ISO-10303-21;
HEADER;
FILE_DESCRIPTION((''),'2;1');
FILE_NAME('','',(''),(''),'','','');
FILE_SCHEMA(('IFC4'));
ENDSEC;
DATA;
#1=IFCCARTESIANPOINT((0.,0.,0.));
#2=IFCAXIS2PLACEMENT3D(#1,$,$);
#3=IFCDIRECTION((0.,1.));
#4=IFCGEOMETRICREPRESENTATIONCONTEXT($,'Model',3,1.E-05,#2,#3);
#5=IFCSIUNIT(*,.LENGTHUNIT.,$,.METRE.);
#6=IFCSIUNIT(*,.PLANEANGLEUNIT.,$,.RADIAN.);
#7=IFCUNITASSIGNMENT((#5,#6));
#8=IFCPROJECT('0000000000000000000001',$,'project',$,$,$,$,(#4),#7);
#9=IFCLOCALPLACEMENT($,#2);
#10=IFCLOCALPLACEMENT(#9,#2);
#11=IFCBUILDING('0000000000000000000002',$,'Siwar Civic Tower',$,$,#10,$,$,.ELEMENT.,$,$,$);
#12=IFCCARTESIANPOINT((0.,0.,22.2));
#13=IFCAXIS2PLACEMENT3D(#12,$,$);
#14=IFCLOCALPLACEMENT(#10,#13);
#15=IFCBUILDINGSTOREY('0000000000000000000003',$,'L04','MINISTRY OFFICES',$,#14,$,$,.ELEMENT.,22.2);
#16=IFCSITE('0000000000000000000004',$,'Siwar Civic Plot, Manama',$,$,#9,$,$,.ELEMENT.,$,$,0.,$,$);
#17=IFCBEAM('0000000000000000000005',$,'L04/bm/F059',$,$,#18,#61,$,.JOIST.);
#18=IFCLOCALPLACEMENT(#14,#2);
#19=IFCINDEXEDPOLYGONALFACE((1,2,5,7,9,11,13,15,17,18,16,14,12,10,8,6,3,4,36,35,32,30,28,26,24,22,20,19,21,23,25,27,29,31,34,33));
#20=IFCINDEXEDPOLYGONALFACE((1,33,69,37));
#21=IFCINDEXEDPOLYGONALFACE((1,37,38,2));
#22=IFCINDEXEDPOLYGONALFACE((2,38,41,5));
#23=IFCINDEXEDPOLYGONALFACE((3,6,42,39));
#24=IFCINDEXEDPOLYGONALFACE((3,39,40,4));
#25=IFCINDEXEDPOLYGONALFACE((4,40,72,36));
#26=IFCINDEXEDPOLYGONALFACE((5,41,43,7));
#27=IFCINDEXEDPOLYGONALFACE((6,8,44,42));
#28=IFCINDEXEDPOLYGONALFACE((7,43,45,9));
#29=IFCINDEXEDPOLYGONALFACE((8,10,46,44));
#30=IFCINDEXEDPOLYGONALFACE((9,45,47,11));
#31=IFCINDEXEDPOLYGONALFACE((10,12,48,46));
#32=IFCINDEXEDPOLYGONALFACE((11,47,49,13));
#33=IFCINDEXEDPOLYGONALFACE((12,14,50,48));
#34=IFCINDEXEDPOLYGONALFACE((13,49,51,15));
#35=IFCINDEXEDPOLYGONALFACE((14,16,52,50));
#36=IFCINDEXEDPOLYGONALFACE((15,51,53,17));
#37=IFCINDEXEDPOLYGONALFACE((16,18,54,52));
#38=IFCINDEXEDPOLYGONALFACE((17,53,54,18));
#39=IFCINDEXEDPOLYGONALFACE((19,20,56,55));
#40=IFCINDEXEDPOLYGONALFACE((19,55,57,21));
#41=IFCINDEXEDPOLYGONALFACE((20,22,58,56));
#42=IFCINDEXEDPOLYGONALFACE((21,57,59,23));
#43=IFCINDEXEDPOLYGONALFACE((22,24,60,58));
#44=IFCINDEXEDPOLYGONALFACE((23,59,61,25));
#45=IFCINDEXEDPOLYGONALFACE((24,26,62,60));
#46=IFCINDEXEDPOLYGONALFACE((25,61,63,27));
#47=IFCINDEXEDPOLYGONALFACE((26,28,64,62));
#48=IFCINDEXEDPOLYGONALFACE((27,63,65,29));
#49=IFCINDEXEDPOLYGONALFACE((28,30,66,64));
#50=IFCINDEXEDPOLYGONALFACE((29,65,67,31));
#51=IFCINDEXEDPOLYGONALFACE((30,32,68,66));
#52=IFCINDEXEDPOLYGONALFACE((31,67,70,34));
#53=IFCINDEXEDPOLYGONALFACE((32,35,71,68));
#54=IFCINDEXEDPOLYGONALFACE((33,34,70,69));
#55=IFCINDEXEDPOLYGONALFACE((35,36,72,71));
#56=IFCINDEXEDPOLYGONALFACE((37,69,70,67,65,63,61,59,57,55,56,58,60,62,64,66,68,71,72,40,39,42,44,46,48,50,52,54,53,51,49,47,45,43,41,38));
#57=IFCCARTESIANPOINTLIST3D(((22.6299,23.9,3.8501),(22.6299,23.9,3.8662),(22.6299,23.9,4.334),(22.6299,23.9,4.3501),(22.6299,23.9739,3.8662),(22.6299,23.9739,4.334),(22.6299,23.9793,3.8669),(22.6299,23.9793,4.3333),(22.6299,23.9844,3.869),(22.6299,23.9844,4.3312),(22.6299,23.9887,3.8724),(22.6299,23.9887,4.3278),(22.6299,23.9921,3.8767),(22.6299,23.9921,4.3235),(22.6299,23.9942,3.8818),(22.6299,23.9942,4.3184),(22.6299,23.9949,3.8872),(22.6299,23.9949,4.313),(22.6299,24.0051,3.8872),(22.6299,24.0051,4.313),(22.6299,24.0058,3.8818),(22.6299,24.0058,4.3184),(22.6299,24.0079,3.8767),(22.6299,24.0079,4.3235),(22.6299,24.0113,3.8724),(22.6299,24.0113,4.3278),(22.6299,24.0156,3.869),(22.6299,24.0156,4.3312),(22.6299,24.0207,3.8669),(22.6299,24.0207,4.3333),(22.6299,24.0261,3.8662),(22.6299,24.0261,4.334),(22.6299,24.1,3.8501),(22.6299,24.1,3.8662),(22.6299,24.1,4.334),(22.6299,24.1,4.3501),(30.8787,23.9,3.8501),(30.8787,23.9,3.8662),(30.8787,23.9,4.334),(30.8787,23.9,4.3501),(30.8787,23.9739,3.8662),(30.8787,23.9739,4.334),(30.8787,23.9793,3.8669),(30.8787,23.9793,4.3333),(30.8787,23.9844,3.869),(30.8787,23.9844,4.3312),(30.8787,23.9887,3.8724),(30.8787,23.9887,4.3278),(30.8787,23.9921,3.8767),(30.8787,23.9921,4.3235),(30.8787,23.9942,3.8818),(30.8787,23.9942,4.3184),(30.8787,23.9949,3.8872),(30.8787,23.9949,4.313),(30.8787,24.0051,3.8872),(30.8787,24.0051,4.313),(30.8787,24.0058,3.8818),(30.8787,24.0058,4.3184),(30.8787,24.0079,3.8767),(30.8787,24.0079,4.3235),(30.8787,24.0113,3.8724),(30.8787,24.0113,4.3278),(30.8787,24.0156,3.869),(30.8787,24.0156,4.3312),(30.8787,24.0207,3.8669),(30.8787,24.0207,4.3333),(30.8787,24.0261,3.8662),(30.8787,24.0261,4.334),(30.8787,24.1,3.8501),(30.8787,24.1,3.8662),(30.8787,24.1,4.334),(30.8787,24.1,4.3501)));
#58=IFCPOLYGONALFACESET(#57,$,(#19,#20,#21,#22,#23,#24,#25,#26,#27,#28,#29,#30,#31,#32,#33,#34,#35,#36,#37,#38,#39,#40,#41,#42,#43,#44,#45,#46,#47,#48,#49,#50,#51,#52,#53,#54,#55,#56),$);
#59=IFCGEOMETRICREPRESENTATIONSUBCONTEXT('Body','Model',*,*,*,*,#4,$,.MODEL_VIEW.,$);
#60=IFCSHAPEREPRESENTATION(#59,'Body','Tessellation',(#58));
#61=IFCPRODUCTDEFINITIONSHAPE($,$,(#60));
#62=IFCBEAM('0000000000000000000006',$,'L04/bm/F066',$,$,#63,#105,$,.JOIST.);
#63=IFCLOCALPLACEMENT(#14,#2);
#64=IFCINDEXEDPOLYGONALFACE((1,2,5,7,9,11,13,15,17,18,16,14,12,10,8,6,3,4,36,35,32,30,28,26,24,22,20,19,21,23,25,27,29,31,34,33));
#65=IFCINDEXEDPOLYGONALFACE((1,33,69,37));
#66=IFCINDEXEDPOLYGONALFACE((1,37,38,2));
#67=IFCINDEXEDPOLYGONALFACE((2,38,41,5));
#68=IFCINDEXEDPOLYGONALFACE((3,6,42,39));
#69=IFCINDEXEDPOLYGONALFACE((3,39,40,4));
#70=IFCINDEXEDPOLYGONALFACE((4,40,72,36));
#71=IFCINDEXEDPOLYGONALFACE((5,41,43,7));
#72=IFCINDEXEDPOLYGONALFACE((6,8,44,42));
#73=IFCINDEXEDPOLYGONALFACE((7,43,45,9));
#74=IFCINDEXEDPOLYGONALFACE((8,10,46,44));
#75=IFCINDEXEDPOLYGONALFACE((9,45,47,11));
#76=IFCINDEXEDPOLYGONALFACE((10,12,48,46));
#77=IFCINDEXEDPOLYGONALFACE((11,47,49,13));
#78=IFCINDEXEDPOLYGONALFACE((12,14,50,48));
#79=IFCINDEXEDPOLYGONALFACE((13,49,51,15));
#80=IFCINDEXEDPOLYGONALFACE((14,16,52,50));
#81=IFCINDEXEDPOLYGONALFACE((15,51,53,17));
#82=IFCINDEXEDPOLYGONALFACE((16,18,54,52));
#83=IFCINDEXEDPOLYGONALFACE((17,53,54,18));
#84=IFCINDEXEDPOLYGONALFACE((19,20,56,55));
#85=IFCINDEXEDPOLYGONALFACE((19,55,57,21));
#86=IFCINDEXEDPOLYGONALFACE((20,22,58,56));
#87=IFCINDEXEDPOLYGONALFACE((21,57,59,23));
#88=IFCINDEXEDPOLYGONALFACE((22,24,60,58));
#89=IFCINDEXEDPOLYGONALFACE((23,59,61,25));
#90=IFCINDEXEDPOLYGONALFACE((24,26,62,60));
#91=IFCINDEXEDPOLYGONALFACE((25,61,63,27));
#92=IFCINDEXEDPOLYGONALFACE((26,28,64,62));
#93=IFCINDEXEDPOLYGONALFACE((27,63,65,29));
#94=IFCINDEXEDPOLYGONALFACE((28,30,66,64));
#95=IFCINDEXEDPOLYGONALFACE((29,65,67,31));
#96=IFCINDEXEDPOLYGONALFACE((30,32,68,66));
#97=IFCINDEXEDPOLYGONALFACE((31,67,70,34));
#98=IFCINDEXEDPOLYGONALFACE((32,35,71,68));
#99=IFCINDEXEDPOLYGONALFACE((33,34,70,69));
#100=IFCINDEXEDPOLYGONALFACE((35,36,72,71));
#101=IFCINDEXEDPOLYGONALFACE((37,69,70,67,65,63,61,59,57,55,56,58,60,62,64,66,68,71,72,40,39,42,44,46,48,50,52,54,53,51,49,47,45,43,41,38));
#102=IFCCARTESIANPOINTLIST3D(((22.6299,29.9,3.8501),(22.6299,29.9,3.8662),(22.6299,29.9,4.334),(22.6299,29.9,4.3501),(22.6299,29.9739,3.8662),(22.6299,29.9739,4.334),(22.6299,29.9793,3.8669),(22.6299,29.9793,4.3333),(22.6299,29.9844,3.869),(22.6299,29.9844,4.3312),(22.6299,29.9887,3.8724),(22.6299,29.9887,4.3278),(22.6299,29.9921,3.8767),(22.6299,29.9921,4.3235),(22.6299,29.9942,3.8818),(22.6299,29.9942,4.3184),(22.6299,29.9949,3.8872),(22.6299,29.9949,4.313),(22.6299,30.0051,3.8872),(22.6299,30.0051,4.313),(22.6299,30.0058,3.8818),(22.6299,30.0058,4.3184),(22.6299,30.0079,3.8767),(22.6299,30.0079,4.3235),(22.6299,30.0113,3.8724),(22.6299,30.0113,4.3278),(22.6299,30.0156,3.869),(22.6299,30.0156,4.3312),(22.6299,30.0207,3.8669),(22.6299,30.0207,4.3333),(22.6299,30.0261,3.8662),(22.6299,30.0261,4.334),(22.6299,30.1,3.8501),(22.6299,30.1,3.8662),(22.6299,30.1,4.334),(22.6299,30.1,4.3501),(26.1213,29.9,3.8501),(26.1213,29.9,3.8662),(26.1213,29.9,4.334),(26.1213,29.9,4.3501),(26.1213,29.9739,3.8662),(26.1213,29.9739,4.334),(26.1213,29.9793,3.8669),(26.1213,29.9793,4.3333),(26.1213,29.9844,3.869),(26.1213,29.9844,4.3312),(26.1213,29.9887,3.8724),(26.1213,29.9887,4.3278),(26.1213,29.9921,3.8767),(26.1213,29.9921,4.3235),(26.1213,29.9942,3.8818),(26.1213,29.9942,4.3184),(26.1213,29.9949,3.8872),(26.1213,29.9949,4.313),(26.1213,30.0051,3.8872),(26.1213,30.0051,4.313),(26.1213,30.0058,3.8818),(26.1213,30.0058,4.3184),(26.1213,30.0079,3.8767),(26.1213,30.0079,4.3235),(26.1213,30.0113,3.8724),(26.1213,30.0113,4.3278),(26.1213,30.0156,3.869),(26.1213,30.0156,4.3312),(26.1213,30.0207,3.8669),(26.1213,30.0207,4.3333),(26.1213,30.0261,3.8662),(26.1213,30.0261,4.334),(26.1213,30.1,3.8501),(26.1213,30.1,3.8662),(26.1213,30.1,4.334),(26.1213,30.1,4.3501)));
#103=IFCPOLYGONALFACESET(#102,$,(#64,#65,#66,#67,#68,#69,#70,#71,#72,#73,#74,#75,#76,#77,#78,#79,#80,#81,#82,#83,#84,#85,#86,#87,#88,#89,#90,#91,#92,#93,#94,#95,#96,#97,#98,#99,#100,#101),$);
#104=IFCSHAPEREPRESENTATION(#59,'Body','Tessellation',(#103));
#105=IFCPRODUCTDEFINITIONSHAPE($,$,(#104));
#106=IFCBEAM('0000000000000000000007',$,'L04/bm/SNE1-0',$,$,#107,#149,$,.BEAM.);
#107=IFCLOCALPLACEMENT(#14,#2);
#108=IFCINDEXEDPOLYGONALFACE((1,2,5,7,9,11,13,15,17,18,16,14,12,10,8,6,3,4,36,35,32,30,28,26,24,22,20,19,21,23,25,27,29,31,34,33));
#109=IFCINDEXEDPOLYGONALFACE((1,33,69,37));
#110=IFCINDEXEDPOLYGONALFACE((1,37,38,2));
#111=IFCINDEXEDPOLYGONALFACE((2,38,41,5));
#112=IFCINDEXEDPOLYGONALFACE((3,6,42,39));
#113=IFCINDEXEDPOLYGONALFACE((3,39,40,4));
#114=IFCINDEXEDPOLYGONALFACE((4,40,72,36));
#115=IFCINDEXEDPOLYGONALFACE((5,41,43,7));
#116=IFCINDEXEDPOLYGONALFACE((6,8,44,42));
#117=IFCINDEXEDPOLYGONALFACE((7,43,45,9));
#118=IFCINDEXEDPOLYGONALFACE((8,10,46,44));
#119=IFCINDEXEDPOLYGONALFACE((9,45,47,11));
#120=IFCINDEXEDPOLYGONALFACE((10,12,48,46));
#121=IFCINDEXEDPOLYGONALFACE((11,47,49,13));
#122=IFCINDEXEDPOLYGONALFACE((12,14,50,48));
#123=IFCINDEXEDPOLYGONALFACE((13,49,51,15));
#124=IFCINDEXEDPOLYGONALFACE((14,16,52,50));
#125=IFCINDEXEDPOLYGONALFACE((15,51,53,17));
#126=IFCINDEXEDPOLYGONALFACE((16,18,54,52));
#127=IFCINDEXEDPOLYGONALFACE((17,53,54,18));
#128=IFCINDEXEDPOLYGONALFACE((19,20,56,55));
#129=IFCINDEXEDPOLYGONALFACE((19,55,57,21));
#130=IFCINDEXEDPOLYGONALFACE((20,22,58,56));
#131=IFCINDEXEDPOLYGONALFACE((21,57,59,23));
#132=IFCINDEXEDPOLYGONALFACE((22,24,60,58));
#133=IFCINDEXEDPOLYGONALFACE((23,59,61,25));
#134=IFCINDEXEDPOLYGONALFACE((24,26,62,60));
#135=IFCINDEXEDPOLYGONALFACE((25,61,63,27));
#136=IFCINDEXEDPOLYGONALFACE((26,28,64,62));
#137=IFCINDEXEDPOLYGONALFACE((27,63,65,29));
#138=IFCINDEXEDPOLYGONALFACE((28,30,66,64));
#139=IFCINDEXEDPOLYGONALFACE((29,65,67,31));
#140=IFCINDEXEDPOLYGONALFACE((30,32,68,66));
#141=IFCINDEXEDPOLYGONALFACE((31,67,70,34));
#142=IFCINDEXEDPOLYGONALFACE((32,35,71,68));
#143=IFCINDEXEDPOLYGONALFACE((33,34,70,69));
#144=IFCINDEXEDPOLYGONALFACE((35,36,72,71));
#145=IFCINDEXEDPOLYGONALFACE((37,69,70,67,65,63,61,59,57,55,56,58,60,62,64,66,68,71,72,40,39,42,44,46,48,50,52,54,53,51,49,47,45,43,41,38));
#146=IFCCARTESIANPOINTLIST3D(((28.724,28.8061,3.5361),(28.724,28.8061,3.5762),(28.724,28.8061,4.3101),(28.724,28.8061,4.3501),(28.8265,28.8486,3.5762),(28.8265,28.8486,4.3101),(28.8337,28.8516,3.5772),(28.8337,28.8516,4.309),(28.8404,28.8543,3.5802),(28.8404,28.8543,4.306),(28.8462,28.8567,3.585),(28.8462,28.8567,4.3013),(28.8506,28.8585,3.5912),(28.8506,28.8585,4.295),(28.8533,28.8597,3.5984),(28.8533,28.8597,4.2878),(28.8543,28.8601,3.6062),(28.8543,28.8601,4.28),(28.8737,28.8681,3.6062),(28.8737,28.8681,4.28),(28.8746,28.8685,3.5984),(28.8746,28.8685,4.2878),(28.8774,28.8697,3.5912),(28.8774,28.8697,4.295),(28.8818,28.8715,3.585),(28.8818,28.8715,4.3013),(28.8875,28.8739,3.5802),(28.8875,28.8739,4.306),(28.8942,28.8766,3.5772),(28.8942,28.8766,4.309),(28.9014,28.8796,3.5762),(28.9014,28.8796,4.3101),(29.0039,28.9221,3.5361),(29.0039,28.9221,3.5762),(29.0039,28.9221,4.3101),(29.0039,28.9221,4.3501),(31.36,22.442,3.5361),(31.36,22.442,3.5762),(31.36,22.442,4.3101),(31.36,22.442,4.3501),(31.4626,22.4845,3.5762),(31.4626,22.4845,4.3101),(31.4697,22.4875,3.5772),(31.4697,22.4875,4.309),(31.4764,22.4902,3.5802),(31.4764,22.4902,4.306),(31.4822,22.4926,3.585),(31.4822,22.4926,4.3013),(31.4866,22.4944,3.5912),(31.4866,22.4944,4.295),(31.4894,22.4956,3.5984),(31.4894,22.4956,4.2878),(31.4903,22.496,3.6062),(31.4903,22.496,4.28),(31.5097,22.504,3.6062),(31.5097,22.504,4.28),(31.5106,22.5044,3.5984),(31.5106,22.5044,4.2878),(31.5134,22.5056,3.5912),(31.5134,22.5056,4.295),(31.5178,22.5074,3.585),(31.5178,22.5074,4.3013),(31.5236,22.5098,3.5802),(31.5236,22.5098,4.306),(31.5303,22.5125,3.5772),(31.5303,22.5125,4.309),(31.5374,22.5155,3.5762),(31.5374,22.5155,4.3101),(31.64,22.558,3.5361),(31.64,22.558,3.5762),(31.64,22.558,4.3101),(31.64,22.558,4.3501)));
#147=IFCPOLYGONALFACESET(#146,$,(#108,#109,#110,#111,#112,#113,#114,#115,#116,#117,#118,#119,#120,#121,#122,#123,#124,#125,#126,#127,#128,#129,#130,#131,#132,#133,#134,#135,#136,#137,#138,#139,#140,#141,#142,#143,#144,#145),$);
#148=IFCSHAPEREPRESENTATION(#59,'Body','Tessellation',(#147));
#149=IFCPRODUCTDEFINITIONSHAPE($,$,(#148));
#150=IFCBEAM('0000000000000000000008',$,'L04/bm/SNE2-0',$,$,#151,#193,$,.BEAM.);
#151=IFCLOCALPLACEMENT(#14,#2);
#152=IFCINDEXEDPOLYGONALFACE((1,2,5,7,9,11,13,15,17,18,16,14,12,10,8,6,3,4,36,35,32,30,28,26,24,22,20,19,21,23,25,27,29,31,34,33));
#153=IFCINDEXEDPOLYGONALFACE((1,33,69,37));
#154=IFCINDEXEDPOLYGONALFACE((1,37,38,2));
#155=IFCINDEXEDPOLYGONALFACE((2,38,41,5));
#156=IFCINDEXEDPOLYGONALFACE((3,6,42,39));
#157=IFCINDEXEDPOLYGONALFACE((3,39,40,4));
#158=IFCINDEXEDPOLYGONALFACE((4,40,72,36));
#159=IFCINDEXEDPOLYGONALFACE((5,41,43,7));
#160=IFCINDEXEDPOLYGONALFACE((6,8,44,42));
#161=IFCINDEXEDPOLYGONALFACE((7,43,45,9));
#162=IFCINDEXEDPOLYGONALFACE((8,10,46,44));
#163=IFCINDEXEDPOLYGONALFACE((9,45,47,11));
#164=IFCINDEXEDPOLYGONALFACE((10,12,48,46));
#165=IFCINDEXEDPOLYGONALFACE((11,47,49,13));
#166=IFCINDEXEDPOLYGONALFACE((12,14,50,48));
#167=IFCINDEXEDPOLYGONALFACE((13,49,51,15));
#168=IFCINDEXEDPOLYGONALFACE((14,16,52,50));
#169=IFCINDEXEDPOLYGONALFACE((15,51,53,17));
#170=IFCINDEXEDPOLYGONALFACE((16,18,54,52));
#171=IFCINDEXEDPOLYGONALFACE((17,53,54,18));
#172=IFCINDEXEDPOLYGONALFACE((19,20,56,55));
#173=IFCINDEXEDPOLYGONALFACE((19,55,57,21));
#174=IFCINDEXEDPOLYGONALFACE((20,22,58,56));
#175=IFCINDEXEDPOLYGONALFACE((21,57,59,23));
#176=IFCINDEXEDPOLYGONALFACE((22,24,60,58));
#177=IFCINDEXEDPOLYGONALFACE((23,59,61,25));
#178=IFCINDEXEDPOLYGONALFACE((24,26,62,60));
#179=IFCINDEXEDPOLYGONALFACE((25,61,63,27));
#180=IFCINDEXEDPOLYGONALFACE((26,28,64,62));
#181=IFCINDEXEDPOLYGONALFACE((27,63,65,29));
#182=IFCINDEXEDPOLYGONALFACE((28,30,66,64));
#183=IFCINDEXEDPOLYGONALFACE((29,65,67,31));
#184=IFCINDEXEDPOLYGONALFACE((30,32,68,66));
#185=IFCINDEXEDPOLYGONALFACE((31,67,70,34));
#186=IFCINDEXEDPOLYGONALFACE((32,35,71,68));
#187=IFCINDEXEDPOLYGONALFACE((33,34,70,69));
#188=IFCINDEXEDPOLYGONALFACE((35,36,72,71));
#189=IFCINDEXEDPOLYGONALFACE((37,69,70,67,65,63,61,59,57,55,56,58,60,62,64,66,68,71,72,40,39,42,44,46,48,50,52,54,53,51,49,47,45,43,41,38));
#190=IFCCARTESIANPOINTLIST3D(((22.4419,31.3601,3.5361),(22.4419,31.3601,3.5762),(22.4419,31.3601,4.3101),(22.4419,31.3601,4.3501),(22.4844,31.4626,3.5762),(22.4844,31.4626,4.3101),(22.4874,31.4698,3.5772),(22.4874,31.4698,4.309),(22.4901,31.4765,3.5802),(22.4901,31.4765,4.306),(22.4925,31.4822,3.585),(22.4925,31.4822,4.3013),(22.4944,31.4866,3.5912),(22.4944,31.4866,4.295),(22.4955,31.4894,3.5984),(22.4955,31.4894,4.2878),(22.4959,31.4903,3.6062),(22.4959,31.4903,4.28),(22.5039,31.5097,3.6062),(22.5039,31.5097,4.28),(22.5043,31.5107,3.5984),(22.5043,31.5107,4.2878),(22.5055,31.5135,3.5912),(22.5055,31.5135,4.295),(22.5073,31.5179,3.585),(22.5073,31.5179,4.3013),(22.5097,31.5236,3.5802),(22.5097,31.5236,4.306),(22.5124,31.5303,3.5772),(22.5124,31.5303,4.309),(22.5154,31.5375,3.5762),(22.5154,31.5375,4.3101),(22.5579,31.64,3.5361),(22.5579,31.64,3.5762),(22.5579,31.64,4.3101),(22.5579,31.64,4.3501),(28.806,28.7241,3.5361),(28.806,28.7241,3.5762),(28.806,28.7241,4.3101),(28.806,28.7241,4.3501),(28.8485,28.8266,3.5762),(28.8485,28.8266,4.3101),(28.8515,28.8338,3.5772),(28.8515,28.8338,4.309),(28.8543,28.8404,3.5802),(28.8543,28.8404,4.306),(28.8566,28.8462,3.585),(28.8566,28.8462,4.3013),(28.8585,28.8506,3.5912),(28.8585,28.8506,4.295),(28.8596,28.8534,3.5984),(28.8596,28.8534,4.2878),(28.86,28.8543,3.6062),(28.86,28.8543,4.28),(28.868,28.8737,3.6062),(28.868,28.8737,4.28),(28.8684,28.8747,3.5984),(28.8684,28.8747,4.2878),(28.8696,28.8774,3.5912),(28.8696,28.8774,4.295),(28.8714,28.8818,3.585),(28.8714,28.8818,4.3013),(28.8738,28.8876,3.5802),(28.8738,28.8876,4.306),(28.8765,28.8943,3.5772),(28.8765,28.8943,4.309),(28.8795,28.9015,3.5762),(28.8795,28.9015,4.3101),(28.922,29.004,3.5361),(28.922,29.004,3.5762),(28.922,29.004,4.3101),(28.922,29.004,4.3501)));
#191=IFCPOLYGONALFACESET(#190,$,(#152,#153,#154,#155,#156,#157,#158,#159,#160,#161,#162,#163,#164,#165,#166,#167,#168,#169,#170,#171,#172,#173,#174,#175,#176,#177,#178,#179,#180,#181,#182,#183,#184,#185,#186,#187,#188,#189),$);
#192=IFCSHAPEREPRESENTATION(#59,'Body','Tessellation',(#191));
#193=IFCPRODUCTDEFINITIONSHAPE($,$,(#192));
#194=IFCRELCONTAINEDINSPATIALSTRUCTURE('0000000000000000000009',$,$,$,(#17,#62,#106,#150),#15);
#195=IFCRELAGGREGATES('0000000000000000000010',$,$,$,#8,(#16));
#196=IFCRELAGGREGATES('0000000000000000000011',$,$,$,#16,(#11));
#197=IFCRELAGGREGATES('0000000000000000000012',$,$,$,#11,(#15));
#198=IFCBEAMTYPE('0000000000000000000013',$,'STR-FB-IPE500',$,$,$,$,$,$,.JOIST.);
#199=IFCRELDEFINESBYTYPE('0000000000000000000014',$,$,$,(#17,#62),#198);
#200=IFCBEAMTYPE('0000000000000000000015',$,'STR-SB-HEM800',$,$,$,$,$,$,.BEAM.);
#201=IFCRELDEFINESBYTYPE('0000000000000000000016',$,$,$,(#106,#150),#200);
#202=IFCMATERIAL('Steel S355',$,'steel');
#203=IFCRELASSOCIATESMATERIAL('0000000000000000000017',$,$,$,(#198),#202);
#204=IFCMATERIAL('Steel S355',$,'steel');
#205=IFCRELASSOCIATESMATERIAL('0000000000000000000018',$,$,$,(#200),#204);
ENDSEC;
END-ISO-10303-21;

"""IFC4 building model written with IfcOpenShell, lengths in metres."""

from ifc_helpers import new_model, si_unit, direction, frame, origin, origin_2d, place, context, subcontext, project, spatial, i_section, extrude, material, material_profile, profile_set, type_object, element, save


model = new_model("IFC4")

# Units and contexts
model_context = context("Model", 3, precision=1e-05, world=origin(), true_north=direction((0.0, 1.0)))
body_context = subcontext(model_context, "Body", "Model", "MODEL_VIEW")
ifc_project = project(units=[si_unit("LENGTHUNIT", "METRE"), si_unit("PLANEANGLEUNIT", "RADIAN")], contexts=[model_context])

# Site, building, storey
site_placement = place(None, origin())
site = spatial("IfcSite", under=ifc_project, at=site_placement, Name="Siwar Civic Plot, Manama", CompositionType="ELEMENT", RefElevation=0.0)
building_placement = place(site_placement, origin())
building = spatial("IfcBuilding", under=site, at=building_placement, Name="Siwar Civic Tower", CompositionType="ELEMENT")
storey_placement = place(building_placement, frame((0.0, 0.0, 22.2)))
storey = spatial("IfcBuildingStorey", under=building, at=storey_placement, Name="L04", Description="MINISTRY OFFICES", CompositionType="ELEMENT", Elevation=22.2)

# Beams
ifc_material_1 = material(Name="Steel S355", Category="steel")
ifc_material_profile_1 = material_profile(ifc_material_1, i_section(OverallWidth=0.2, OverallDepth=0.5, WebThickness=0.0103, FlangeThickness=0.0161, FilletRadius=0.021, at=origin_2d()), Name="IPE500")
ifc_profile_set_1 = profile_set([ifc_material_profile_1], Name="Steel S355")
beam_type_1 = type_object("IfcBeamType", Name="STR-FB-IPE500", PredefinedType="JOIST", material=ifc_profile_set_1)
beam_1_placement = place(storey_placement, frame((22.6299, 24.0, 4.1001), z_axis=(1.0, 0.0, 0.0), x_axis=(0.0, 1.0, 0.0)))
element("IfcBeam", 1, at=beam_1_placement, inside=storey, type_object=beam_type_1, Name="L04/bm/F059", PredefinedType="JOIST", context=body_context, shape_type="SweptSolid", body=[
    extrude(i_section(OverallWidth=0.2, OverallDepth=0.5, WebThickness=0.0103, FlangeThickness=0.0161, FilletRadius=0.021, at=origin_2d()), origin(), (0.0, 0.0, 1.0), 8.2488),
])
beam_2_placement = place(storey_placement, frame((22.6299, 30.0, 4.1001), z_axis=(1.0, 0.0, 0.0), x_axis=(0.0, 1.0, 0.0)))
element("IfcBeam", 2, at=beam_2_placement, inside=storey, type_object=beam_type_1, Name="L04/bm/F066", PredefinedType="JOIST", context=body_context, shape_type="SweptSolid", body=[
    extrude(i_section(OverallWidth=0.2, OverallDepth=0.5, WebThickness=0.0103, FlangeThickness=0.0161, FilletRadius=0.021, at=origin_2d()), origin(), (0.0, 0.0, 1.0), 3.4915),
])
ifc_material_2 = material(Name="Steel S355", Category="steel")
ifc_material_profile_2 = material_profile(ifc_material_2, i_section(OverallWidth=0.303, OverallDepth=0.814, WebThickness=0.021, FlangeThickness=0.04, FilletRadius=0.03, at=origin_2d()), Name="HEM800")
ifc_profile_set_2 = profile_set([ifc_material_profile_2], Name="Steel S355")
beam_type_2 = type_object("IfcBeamType", Name="STR-SB-HEM800", PredefinedType="BEAM", material=ifc_profile_set_2)
for number, where, z_axis, x_axis, name in (
    (3, (31.5, 22.5, 3.9431), (-0.382674, 0.923883, 0.0), (-0.923883, -0.382674, 0.0), "L04/bm/SNE1-0"),
    (4, (28.864, 28.864, 3.9431), (-0.923883, 0.382674, 0.0), (-0.382674, -0.923883, 0.0), "L04/bm/SNE2-0"),
):
    element("IfcBeam", number, at=place(storey_placement, frame(where, z_axis=z_axis, x_axis=x_axis)), inside=storey, type_object=beam_type_2, Name=name, PredefinedType="BEAM", context=body_context, shape_type="SweptSolid", body=[
        extrude(i_section(OverallWidth=0.303, OverallDepth=0.814, WebThickness=0.021, FlangeThickness=0.04, FilletRadius=0.03, at=origin_2d()), origin(), (0.0, 0.0, 1.0), 6.8884),
    ])

save(model, "model.ifc")
